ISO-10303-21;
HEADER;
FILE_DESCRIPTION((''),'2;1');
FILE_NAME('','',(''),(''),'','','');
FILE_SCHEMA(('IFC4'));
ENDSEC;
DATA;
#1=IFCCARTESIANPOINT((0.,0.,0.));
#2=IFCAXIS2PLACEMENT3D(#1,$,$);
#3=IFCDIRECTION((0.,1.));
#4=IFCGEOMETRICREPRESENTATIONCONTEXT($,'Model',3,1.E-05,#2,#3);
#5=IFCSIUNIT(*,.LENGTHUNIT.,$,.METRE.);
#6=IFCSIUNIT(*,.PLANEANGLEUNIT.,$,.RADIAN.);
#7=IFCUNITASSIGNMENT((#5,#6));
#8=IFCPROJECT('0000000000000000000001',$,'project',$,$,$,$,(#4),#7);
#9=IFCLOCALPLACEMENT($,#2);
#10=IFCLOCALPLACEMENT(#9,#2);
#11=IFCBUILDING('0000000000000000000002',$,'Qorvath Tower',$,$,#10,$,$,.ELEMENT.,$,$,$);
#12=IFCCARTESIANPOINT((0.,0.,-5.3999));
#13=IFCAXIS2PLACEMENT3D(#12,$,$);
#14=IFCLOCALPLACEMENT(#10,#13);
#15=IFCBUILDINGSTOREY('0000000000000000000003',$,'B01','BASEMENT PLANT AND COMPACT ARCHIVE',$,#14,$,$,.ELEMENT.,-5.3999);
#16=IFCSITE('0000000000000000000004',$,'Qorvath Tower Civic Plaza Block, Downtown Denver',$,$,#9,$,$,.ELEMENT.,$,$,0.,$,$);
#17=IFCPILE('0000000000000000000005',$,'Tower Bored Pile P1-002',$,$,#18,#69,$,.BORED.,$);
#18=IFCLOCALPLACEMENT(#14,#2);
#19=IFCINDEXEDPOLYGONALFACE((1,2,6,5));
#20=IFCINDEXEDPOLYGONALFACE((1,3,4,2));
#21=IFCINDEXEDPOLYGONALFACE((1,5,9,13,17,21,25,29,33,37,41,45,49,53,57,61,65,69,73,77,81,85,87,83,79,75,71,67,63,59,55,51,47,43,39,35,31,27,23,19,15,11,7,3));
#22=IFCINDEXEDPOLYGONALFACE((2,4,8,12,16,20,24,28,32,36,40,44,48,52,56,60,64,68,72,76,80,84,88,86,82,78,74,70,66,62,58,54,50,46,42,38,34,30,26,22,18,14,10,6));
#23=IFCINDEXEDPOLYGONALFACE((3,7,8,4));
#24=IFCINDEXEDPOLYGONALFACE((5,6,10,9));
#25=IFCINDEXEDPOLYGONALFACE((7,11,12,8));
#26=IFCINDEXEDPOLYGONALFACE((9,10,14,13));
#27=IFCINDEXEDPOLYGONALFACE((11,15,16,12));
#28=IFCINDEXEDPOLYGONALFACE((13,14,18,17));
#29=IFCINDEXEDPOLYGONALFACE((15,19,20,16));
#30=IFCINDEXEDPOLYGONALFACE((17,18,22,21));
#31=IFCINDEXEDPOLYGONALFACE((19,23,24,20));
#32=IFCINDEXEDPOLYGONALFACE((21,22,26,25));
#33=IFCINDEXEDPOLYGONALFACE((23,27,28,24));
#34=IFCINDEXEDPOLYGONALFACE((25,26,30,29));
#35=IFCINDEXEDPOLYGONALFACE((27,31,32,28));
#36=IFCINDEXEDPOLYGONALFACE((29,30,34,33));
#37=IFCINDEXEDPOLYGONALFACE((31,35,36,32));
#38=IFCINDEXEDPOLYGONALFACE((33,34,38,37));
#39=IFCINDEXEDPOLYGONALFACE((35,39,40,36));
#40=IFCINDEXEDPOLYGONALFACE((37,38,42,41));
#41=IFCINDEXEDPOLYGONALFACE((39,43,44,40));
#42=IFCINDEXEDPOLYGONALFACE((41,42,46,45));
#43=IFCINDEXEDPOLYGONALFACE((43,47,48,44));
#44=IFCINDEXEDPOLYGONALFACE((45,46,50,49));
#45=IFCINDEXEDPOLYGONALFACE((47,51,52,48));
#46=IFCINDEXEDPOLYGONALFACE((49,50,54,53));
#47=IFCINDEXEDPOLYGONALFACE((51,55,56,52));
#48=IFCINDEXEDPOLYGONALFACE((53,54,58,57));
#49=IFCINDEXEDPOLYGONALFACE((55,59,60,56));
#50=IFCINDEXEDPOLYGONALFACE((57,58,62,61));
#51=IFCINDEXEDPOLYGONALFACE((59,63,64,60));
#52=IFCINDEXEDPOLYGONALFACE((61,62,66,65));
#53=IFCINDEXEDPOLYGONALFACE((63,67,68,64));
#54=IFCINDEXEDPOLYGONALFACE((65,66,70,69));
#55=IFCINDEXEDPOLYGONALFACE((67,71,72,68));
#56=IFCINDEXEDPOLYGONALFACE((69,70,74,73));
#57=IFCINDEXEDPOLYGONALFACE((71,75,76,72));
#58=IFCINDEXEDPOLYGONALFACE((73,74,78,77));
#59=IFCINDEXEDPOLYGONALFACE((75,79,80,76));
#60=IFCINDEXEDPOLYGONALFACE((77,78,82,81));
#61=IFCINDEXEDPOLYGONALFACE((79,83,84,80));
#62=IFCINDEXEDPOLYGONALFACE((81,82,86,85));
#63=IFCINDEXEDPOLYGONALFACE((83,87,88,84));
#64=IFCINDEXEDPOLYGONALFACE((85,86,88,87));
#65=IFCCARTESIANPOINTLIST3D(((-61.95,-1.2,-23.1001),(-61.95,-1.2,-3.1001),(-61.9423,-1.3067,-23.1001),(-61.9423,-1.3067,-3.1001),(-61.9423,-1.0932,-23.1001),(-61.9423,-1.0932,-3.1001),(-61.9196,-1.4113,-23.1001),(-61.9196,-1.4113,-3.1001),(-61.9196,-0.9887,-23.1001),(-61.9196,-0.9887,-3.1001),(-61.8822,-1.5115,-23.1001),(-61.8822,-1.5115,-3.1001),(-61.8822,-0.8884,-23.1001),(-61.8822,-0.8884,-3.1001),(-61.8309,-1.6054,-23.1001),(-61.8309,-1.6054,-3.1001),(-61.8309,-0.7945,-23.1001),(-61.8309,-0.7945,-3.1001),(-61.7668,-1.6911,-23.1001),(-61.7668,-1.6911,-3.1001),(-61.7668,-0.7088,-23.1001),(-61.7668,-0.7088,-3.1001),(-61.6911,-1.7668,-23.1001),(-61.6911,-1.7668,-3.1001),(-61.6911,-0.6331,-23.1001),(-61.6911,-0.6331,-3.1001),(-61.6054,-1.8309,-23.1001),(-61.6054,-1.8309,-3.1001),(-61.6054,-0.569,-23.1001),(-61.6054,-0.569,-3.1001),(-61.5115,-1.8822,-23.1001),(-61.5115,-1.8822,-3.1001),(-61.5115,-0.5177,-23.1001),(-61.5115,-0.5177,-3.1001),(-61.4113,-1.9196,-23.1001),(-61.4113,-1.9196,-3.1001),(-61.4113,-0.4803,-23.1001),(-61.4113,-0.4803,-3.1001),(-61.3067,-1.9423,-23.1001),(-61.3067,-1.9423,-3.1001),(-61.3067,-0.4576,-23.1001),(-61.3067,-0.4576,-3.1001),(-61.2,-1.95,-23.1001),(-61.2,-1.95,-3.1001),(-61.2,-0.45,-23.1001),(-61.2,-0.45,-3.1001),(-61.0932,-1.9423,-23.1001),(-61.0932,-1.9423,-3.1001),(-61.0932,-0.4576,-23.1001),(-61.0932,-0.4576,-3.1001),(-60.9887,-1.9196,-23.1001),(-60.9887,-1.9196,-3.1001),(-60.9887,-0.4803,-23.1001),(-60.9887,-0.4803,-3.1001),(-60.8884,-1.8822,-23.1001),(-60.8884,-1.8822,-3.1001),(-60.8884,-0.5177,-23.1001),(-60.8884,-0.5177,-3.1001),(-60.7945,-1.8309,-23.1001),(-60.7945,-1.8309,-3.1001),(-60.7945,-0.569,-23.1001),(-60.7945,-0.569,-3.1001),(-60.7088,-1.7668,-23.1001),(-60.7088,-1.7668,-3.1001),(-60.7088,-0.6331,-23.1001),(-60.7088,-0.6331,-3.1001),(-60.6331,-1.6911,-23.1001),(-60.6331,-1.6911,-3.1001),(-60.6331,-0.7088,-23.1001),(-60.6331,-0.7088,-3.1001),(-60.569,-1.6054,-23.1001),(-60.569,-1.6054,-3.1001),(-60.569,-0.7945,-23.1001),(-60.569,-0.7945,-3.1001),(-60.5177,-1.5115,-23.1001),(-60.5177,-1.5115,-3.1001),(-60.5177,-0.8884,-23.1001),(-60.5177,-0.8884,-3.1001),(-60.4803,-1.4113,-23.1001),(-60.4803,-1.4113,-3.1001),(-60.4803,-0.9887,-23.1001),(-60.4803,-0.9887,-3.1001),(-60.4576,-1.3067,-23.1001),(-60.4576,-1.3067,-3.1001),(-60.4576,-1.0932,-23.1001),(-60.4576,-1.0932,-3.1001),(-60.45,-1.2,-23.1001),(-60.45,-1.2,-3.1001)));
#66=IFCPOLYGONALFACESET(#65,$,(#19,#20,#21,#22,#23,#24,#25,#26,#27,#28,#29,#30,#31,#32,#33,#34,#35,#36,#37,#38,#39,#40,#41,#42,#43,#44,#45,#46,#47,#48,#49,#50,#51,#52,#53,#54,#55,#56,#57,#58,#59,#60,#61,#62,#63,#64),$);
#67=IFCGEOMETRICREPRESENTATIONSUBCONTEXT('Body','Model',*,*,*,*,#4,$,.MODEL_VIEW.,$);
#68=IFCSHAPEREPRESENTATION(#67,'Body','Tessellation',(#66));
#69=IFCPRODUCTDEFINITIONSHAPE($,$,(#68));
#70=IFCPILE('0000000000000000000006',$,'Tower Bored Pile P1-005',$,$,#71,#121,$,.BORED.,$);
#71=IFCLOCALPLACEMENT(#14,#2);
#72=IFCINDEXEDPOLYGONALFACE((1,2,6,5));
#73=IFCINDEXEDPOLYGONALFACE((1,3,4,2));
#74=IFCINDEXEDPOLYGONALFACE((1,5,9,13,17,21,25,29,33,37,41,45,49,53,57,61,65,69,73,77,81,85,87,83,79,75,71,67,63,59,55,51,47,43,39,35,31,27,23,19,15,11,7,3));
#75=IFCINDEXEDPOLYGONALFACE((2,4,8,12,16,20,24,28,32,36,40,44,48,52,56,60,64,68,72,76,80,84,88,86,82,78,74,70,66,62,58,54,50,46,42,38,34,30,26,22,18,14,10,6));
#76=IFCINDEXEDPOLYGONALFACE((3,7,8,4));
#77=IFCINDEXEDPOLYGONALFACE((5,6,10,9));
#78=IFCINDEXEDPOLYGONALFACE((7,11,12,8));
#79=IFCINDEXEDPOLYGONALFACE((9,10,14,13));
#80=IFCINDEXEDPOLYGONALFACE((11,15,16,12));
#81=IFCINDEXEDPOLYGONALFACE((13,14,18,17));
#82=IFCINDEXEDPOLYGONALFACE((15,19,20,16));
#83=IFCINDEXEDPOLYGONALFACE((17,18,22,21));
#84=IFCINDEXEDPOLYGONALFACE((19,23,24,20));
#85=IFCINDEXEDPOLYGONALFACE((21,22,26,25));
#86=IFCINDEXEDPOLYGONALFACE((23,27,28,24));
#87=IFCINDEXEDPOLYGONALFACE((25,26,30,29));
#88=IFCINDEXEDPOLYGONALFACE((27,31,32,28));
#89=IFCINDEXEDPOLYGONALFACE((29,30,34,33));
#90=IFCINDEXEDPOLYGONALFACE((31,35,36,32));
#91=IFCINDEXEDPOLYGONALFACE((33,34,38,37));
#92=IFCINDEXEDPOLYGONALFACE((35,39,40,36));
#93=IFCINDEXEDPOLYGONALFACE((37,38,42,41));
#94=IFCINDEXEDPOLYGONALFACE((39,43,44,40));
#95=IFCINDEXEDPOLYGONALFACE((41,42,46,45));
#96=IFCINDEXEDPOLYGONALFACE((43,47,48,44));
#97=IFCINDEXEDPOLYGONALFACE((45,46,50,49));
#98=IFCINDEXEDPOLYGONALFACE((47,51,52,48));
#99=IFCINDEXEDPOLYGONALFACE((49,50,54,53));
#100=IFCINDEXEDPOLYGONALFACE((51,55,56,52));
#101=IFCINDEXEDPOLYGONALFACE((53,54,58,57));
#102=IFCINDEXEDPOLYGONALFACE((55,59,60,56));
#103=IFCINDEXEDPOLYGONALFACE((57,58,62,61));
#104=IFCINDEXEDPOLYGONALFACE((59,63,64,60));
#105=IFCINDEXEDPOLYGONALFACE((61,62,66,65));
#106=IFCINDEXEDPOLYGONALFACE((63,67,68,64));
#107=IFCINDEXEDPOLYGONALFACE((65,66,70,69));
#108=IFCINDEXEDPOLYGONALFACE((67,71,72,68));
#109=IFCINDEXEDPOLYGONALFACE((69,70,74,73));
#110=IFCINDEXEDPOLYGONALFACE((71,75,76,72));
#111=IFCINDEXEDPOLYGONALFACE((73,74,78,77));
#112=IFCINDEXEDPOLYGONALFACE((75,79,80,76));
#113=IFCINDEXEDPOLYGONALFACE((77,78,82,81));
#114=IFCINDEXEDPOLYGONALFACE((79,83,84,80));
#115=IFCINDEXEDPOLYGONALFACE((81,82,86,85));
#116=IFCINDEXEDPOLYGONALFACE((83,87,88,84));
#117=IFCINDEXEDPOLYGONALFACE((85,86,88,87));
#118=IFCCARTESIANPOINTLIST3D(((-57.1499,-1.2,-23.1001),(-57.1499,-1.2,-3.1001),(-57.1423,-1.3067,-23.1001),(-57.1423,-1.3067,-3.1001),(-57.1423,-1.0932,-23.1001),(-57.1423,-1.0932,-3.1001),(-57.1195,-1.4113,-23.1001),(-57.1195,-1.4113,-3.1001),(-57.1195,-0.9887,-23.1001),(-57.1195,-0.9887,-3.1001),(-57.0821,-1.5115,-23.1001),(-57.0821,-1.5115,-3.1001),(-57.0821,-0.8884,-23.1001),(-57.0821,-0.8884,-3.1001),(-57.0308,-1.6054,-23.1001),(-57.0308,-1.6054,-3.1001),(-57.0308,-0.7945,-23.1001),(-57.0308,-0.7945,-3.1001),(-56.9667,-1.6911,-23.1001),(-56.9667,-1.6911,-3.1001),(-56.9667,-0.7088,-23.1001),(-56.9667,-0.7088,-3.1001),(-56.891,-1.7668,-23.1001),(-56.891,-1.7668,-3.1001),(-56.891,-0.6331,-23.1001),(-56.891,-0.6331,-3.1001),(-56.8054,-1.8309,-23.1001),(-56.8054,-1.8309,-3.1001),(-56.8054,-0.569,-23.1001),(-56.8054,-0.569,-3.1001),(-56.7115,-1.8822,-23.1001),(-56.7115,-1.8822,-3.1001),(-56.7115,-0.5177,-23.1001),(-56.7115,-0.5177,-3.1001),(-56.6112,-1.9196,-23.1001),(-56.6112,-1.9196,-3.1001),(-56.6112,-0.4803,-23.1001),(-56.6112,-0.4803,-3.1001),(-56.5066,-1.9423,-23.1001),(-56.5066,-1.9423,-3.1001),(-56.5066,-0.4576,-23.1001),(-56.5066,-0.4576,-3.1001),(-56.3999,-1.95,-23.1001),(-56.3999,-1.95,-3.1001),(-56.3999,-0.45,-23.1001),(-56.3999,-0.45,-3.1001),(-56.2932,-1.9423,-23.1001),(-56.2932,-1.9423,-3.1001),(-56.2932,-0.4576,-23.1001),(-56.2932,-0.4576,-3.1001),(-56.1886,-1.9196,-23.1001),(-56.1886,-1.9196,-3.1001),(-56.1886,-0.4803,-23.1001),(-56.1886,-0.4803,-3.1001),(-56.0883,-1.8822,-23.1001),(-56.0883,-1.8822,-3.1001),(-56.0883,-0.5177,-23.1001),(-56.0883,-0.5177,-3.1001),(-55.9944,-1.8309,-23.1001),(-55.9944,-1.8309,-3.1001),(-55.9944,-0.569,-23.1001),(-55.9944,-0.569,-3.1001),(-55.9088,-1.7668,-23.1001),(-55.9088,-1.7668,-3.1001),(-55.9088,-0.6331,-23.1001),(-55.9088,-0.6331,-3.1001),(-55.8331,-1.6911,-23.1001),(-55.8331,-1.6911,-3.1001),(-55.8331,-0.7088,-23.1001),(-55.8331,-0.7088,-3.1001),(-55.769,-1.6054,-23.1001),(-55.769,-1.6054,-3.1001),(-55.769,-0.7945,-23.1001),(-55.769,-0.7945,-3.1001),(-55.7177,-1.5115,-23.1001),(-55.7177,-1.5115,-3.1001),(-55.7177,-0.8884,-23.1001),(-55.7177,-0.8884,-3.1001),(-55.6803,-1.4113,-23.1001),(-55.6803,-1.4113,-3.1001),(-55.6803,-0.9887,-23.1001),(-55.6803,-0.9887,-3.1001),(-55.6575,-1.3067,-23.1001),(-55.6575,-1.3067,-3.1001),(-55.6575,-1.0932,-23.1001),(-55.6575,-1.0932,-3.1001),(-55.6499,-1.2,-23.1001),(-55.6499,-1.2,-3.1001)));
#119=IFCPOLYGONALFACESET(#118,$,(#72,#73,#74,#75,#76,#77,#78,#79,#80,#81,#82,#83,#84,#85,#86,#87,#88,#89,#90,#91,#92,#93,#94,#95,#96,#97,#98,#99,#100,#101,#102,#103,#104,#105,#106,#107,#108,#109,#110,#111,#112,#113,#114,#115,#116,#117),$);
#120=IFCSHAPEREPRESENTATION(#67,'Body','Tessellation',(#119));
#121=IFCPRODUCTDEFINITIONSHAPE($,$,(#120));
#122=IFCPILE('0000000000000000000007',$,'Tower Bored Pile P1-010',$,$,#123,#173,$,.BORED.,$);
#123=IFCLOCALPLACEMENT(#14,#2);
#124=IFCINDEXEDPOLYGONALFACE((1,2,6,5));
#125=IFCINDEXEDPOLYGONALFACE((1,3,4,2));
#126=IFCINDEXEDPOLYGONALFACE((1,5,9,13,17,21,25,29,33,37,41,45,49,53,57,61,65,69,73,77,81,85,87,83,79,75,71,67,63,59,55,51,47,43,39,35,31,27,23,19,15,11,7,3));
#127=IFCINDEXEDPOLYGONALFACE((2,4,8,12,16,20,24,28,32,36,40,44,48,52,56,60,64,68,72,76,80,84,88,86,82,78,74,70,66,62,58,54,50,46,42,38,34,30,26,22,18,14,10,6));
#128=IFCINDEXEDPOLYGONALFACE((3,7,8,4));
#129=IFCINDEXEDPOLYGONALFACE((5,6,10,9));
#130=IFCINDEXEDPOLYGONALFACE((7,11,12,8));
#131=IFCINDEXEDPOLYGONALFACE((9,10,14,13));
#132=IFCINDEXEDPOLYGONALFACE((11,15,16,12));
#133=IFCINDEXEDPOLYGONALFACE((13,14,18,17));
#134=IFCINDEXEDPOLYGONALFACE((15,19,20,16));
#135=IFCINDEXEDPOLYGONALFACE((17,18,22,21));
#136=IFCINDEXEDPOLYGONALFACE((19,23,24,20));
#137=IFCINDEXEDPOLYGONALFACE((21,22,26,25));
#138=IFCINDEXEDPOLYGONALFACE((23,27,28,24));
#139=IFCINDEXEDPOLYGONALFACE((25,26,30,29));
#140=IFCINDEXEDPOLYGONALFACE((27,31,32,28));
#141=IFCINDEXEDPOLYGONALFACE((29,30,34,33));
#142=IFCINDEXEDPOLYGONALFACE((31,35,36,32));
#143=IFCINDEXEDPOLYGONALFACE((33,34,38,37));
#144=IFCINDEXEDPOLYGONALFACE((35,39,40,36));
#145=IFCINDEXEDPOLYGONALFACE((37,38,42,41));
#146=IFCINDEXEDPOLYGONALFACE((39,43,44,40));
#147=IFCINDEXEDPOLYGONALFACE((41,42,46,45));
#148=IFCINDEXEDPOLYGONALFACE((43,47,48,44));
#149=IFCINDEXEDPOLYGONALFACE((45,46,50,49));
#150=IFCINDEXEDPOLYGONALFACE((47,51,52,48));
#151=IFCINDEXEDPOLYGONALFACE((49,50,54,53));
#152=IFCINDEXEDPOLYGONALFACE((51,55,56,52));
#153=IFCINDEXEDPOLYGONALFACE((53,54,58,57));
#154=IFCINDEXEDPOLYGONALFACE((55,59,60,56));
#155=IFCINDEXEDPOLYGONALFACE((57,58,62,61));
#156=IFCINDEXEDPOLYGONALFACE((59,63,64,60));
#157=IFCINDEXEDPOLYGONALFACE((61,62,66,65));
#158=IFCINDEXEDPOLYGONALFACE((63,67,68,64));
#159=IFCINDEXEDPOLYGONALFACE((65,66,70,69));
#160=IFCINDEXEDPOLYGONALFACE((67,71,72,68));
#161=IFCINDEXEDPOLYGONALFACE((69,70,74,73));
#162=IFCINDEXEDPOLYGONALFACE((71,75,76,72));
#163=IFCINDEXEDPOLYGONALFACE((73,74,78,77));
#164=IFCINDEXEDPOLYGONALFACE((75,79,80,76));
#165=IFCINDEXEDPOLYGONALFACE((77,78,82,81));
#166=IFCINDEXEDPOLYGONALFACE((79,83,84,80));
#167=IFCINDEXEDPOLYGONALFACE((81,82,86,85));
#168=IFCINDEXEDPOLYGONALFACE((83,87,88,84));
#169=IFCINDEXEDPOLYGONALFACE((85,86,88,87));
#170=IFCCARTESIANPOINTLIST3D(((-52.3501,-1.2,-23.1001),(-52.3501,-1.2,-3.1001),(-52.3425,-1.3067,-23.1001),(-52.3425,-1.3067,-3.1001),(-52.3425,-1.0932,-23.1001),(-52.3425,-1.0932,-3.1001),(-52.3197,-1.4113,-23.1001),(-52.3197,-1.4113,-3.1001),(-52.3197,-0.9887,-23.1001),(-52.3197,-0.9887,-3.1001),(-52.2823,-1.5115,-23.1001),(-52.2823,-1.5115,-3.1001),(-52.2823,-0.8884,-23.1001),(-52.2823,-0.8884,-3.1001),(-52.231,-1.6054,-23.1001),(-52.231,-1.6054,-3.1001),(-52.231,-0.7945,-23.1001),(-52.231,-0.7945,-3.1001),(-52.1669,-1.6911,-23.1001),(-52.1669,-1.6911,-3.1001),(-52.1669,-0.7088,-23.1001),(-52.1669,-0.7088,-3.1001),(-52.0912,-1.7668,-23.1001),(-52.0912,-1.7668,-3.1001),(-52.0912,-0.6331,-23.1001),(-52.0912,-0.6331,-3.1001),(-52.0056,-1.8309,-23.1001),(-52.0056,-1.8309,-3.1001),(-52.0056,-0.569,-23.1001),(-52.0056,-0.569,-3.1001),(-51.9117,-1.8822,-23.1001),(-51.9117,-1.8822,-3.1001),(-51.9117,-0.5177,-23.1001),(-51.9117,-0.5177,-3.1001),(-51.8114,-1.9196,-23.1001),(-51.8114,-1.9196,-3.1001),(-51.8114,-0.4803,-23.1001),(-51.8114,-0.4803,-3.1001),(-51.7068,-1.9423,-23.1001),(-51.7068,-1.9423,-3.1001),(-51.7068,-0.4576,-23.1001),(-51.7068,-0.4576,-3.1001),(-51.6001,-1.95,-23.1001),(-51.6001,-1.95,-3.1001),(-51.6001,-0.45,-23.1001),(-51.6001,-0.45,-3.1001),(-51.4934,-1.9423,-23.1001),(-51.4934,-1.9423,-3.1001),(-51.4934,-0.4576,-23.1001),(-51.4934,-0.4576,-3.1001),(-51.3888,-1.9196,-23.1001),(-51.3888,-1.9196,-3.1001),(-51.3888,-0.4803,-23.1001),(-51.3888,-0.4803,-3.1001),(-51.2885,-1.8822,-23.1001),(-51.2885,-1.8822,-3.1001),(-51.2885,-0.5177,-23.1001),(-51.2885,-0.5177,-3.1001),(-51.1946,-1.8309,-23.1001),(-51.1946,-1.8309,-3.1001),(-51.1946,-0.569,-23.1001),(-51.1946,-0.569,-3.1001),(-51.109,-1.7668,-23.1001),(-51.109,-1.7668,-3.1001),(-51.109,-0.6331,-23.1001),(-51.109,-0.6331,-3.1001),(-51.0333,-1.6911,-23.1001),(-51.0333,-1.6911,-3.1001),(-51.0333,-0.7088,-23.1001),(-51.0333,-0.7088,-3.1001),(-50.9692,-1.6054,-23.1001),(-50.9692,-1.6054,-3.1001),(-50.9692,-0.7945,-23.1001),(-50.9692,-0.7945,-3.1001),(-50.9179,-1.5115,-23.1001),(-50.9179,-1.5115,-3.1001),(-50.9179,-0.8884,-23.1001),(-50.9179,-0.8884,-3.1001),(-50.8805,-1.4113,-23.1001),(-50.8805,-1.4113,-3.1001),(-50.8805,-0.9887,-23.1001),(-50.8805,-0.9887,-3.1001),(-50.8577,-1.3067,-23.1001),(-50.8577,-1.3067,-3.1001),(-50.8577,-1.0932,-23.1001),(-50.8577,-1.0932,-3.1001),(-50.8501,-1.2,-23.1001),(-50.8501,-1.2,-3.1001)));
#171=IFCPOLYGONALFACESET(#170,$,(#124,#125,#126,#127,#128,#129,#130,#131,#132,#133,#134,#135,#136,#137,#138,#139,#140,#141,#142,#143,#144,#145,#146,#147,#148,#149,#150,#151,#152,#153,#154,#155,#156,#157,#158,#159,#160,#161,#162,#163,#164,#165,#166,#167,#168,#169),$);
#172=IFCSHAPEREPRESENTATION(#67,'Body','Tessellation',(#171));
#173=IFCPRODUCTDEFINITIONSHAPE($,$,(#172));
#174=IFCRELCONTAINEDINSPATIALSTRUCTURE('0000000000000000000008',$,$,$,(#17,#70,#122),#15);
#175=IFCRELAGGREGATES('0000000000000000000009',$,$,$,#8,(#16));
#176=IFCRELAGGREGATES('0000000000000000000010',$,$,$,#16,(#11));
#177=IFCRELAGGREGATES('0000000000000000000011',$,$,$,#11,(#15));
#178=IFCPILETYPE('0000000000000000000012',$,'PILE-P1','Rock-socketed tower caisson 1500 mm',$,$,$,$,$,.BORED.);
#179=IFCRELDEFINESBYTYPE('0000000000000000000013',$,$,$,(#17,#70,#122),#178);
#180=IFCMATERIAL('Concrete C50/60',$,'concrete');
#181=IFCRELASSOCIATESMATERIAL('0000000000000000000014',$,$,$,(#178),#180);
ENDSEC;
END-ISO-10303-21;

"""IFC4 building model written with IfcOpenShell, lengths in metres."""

from ifc_helpers import new_model, si_unit, direction, frame, origin, origin_2d, place, context, subcontext, project, spatial, circle, extrude, material, material_profile, profile_set, type_object, element, save


model = new_model("IFC4")

# Units and contexts
model_context = context("Model", 3, precision=1e-05, world=origin(), true_north=direction((0.0, 1.0)))
body_context = subcontext(model_context, "Body", "Model", "MODEL_VIEW")
ifc_project = project(units=[si_unit("LENGTHUNIT", "METRE"), si_unit("PLANEANGLEUNIT", "RADIAN")], contexts=[model_context])

# Site, building, storey
site_placement = place(None, origin())
site = spatial("IfcSite", under=ifc_project, at=site_placement, Name="Qorvath Tower Civic Plaza Block, Downtown Denver", CompositionType="ELEMENT", RefElevation=0.0)
building_placement = place(site_placement, origin())
building = spatial("IfcBuilding", under=site, at=building_placement, Name="Qorvath Tower", CompositionType="ELEMENT")
storey_placement = place(building_placement, frame((0.0, 0.0, -5.3999)))
storey = spatial("IfcBuildingStorey", under=building, at=storey_placement, Name="B01", Description="BASEMENT PLANT AND COMPACT ARCHIVE", CompositionType="ELEMENT", Elevation=-5.3999)

# Piles
ifc_material_1 = material(Name="Concrete C50/60", Category="concrete")
ifc_material_profile_1 = material_profile(ifc_material_1, circle(Radius=0.75, at=origin_2d()), Name="BORED PILE 1500")
ifc_profile_set_1 = profile_set([ifc_material_profile_1], Name="Concrete C50/60")
pile_type = type_object("IfcPileType", Name="PILE-P1", Description="Rock-socketed tower caisson 1500 mm", PredefinedType="BORED", material=ifc_profile_set_1)
for number, where, z_axis, x_axis, name in (
    (1, (-61.2, -1.2, -3.1001), (0.0, 0.0, -1.0), (1.0, 0.0, 0.0), "Tower Bored Pile P1-002"),
    (2, (-56.3999, -1.2, -3.1001), (0.0, 0.0, -1.0), (1.0, 0.0, 0.0), "Tower Bored Pile P1-005"),
    (3, (-51.6001, -1.2, -3.1001), (0.0, 0.0, -1.0), (1.0, 0.0, 0.0), "Tower Bored Pile P1-010"),
):
    element("IfcPile", number, at=place(storey_placement, frame(where, z_axis=z_axis, x_axis=x_axis)), inside=storey, type_object=pile_type, Name=name, PredefinedType="BORED", context=body_context, shape_type="SweptSolid", body=[
        extrude(circle(Radius=0.75, at=origin_2d()), origin(), (0.0, 0.0, 1.0), 20.0),
    ])

save(model, "model.ifc")
